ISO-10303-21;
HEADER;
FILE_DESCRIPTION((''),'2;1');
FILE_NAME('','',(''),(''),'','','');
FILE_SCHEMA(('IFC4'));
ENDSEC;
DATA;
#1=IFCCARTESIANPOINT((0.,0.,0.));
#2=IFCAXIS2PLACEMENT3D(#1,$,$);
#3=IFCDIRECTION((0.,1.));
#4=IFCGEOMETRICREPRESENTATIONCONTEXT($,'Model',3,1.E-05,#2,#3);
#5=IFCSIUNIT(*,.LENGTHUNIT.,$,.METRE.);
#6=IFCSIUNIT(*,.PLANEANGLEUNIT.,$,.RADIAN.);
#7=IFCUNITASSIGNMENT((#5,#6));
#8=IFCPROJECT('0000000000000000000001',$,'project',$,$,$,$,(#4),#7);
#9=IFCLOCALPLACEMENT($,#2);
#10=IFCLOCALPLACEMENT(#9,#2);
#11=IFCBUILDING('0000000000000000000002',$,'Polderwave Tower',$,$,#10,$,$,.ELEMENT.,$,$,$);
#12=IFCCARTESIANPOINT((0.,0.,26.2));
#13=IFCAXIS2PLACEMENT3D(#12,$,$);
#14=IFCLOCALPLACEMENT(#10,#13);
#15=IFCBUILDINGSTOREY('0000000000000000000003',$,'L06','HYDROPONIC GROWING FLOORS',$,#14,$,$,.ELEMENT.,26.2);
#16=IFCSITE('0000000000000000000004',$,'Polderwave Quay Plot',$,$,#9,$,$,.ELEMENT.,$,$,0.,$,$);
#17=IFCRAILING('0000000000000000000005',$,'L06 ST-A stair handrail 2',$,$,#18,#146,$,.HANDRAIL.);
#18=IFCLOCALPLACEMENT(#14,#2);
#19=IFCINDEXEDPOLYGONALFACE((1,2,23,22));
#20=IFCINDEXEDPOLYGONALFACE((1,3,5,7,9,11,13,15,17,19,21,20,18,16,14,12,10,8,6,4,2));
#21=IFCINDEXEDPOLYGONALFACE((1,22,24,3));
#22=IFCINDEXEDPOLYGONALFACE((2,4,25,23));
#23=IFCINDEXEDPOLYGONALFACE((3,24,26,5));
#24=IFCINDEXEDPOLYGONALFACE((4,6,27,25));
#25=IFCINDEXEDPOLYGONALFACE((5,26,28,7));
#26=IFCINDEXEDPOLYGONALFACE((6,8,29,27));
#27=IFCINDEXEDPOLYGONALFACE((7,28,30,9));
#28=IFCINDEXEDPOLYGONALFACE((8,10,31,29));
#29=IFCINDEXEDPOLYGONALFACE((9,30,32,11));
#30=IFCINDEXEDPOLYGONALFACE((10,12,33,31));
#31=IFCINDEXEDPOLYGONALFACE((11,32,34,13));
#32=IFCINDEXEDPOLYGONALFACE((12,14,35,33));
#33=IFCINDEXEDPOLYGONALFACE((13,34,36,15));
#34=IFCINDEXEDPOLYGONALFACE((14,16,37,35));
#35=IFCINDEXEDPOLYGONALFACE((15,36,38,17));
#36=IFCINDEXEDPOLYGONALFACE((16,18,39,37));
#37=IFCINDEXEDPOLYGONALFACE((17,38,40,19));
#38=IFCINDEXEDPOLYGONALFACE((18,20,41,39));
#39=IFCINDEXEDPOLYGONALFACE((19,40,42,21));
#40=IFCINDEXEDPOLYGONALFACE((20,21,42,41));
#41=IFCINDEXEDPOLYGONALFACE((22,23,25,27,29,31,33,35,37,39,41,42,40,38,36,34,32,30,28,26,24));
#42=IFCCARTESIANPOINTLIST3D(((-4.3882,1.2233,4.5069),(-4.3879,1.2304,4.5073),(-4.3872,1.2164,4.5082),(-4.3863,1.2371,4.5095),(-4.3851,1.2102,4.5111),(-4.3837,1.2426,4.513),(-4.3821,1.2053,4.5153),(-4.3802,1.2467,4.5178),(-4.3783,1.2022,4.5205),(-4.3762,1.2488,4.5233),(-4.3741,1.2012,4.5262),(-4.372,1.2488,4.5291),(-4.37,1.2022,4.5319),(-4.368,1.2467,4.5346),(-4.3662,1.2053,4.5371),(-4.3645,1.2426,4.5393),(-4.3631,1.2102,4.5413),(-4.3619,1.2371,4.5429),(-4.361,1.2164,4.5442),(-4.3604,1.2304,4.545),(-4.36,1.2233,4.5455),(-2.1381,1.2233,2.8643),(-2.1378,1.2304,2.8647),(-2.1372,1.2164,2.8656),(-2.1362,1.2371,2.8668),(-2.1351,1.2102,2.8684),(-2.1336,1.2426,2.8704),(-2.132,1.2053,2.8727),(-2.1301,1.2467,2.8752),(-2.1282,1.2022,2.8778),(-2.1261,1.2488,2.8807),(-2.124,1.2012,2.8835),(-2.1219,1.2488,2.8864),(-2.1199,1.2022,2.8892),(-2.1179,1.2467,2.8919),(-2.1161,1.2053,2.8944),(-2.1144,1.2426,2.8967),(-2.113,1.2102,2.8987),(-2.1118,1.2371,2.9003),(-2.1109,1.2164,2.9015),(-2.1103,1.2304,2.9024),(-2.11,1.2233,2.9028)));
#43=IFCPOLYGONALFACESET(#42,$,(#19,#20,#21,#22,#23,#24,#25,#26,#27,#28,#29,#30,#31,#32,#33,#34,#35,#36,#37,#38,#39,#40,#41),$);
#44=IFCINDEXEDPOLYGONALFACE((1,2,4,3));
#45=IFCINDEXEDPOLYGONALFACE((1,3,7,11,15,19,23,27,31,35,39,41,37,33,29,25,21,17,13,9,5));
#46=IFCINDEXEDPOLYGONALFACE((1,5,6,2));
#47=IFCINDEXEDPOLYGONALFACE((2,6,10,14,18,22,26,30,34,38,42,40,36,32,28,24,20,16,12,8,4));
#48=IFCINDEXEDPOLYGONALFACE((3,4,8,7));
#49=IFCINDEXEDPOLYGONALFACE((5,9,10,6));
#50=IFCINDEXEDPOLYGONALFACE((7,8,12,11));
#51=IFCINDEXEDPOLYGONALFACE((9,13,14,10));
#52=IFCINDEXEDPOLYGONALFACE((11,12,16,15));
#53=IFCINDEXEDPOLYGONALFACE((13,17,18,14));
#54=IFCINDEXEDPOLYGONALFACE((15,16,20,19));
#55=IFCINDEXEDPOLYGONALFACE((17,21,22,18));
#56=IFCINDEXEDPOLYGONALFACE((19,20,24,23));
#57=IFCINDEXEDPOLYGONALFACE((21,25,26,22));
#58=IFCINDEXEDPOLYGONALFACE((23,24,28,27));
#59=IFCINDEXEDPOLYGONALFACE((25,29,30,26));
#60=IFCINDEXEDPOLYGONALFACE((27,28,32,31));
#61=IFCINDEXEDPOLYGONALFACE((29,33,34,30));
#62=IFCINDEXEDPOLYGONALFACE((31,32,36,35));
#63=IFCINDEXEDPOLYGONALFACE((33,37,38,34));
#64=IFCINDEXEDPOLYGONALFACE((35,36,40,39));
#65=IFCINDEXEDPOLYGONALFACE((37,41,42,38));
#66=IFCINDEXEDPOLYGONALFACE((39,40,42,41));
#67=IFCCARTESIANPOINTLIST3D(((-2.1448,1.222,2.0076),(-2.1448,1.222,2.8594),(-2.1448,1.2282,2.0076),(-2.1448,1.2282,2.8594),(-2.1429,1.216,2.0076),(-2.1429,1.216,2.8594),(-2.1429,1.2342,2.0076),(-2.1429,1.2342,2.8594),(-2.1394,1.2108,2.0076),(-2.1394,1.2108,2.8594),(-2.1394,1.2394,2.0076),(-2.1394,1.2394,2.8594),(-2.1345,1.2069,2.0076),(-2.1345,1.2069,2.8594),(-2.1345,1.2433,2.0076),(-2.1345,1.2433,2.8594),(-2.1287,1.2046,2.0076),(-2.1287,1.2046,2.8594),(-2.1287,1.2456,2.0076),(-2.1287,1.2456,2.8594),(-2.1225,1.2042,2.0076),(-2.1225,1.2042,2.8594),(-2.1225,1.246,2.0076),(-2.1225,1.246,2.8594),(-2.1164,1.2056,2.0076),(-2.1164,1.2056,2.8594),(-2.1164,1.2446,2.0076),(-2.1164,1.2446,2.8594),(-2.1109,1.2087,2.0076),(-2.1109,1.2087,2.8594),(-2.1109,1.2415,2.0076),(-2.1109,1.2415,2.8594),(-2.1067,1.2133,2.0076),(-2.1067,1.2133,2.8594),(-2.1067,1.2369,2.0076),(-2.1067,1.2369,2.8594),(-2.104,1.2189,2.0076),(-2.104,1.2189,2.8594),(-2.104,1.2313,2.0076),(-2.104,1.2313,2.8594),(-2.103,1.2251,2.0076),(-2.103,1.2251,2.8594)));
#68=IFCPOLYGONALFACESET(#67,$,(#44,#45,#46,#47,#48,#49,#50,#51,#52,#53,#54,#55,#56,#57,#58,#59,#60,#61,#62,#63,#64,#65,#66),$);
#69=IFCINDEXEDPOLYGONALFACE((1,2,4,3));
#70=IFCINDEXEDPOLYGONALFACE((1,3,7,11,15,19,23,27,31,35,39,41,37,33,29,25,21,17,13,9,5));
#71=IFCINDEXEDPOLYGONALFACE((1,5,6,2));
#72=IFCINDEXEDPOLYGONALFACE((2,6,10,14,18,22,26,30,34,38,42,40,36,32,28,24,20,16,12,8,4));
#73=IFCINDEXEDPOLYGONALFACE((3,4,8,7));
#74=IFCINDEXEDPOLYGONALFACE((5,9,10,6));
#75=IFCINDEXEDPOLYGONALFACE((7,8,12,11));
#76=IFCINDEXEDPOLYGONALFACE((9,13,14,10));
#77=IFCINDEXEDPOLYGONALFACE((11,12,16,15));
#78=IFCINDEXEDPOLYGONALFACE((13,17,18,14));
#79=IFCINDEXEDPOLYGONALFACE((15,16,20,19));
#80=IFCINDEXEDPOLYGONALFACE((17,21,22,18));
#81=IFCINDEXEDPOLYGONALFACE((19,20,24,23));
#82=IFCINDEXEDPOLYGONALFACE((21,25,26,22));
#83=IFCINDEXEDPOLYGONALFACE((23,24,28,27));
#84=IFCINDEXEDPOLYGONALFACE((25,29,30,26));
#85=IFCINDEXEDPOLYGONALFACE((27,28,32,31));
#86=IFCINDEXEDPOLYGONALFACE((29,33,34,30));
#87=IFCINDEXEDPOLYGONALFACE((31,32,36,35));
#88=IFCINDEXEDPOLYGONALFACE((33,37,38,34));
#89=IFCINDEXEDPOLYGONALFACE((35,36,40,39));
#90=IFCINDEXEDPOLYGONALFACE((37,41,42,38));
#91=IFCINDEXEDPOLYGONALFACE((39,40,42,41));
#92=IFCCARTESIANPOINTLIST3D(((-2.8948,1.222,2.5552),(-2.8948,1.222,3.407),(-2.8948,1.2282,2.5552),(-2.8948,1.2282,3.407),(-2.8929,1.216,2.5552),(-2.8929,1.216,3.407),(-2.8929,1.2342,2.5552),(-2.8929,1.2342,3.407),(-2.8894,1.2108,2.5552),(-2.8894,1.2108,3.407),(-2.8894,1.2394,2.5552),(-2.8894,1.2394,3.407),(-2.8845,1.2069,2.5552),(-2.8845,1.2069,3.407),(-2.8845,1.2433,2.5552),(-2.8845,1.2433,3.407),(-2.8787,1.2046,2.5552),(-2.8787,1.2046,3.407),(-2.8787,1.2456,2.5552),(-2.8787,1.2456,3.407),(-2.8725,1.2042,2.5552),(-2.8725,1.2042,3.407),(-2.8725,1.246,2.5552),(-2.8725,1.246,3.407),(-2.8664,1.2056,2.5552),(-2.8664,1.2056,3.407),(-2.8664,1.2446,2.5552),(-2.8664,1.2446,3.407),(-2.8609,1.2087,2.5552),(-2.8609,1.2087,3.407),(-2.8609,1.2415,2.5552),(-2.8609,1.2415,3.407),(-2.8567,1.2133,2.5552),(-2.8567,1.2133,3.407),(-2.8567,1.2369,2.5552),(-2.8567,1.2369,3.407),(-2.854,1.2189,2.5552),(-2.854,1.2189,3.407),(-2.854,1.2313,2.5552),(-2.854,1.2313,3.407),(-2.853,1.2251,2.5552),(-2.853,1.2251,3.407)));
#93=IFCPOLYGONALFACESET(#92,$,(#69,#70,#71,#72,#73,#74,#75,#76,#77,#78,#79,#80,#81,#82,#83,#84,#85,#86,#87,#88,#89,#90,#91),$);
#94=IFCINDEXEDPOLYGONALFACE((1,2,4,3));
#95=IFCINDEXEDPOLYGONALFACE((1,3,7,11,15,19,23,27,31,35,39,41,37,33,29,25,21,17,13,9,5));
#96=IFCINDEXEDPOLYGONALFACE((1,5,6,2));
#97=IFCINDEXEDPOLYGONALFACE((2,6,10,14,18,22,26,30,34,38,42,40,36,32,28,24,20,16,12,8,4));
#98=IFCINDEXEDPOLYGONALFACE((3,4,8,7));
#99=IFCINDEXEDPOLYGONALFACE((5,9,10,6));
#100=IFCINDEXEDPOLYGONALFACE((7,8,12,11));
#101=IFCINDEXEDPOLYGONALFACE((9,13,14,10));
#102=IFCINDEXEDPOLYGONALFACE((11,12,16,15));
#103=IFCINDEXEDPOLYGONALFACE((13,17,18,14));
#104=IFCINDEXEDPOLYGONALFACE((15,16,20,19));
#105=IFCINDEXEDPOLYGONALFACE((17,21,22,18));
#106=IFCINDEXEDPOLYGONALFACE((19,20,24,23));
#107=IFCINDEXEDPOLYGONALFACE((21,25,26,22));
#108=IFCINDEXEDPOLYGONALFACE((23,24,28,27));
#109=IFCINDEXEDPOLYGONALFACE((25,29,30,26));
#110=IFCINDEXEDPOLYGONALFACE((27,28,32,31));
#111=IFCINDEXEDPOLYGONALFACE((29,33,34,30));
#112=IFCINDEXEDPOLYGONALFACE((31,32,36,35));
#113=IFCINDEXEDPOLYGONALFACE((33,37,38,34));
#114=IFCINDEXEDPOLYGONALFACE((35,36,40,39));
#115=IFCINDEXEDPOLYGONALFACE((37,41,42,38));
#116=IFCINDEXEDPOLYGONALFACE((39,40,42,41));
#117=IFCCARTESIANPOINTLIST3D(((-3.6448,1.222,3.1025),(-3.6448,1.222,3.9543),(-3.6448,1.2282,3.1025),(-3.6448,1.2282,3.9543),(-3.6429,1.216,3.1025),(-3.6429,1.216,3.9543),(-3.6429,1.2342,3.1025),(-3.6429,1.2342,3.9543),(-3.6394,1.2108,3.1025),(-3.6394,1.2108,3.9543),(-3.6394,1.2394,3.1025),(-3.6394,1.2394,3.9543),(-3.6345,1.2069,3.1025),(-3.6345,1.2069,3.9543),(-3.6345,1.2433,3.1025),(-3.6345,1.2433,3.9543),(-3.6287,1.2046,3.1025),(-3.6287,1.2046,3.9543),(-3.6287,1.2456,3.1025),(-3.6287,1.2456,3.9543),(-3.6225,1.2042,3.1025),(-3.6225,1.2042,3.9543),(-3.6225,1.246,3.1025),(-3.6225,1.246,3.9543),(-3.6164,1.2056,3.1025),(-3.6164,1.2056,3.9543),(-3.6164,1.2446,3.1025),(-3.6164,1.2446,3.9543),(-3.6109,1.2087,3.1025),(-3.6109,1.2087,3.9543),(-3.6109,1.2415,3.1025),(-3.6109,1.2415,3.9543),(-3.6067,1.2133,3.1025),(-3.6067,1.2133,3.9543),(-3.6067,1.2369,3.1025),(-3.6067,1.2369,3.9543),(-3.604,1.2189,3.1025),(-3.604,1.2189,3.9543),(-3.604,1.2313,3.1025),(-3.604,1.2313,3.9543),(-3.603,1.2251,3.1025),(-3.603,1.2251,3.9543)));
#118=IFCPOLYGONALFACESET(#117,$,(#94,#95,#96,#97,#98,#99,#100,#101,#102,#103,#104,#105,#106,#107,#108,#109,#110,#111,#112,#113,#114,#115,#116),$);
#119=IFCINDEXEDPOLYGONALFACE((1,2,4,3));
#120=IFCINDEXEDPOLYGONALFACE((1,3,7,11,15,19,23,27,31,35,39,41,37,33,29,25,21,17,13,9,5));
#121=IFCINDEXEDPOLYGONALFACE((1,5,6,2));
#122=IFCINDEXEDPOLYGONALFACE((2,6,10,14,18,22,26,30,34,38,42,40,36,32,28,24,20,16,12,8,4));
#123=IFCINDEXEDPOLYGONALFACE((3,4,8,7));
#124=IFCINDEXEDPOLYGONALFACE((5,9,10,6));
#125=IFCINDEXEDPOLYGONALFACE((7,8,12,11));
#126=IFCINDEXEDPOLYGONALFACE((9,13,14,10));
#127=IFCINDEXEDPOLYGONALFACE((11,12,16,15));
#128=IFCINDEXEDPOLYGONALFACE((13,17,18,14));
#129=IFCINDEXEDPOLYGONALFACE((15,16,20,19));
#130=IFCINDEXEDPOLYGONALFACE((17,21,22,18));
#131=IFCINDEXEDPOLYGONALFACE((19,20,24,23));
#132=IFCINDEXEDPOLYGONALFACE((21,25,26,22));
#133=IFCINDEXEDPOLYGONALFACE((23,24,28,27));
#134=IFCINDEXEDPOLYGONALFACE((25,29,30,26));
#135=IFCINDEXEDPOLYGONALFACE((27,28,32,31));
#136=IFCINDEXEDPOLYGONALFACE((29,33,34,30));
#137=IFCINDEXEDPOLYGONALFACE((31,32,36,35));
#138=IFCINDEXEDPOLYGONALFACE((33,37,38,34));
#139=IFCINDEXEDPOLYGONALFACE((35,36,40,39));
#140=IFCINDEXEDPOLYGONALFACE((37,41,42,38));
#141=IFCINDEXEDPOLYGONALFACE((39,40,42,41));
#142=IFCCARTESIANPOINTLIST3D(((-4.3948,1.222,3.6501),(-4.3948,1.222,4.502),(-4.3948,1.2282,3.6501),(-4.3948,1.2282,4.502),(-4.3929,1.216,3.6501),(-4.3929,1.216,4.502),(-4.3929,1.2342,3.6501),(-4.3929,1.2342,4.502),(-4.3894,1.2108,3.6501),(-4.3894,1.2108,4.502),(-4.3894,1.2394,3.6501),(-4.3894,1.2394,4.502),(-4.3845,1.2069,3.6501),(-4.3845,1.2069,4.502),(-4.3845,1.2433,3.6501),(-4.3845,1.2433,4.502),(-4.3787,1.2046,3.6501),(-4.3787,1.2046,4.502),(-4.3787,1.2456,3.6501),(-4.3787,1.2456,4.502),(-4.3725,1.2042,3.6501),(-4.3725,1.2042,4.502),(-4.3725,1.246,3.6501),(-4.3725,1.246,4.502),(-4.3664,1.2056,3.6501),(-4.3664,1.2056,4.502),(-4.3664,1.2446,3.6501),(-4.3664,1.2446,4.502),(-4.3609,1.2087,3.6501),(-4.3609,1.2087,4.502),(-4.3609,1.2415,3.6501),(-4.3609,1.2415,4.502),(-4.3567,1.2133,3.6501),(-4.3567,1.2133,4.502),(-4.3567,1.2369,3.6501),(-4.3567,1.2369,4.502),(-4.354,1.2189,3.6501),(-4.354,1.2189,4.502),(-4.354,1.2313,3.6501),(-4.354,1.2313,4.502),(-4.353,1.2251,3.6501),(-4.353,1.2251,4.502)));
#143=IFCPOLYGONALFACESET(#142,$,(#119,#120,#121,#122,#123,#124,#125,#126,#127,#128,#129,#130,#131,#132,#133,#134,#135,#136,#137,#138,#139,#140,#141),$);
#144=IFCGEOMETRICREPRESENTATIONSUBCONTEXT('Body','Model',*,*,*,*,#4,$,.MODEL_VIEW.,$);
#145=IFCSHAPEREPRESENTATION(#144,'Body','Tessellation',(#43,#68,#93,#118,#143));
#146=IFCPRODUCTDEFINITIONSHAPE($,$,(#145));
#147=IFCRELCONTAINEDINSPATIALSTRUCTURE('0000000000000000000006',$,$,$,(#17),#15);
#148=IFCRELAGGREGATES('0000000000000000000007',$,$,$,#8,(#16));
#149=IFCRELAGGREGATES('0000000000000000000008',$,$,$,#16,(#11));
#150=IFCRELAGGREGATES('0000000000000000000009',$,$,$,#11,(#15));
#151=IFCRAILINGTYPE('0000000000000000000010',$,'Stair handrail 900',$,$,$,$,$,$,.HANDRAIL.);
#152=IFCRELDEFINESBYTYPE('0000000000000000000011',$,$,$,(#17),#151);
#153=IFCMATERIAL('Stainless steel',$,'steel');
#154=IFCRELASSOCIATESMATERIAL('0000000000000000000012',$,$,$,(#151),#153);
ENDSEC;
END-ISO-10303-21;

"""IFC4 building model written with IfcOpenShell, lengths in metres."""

from ifc_helpers import new_model, si_unit, direction, frame, origin, origin_2d, place, context, subcontext, project, spatial, circle, extrude, material, type_object, element, save


model = new_model("IFC4")

# Units and contexts
model_context = context("Model", 3, precision=1e-05, world=origin(), true_north=direction((0.0, 1.0)))
body_context = subcontext(model_context, "Body", "Model", "MODEL_VIEW")
ifc_project = project(units=[si_unit("LENGTHUNIT", "METRE"), si_unit("PLANEANGLEUNIT", "RADIAN")], contexts=[model_context])

# Site, building, storey
site_placement = place(None, origin())
site = spatial("IfcSite", under=ifc_project, at=site_placement, Name="Polderwave Quay Plot", CompositionType="ELEMENT", RefElevation=0.0)
building_placement = place(site_placement, origin())
building = spatial("IfcBuilding", under=site, at=building_placement, Name="Polderwave Tower", CompositionType="ELEMENT")
storey_placement = place(building_placement, frame((0.0, 0.0, 26.2)))
storey = spatial("IfcBuildingStorey", under=building, at=storey_placement, Name="L06", Description="HYDROPONIC GROWING FLOORS", CompositionType="ELEMENT", Elevation=26.2)

# Railing
ifc_material_1 = material(Name="Stainless steel", Category="steel")
railing_type_1 = type_object("IfcRailingType", Name="Stair handrail 900", PredefinedType="HANDRAIL", material=ifc_material_1)
railing_1_placement = place(storey_placement, frame((-2.124, 1.2251, 2.0076)))
element("IfcRailing", 1, at=railing_1_placement, inside=storey, type_object=railing_type_1, Name="L06 ST-A stair handrail 2", PredefinedType="HANDRAIL", context=body_context, shape_type="SweptSolid", body=[
    extrude(circle(Radius=0.0239, at=origin_2d()), frame((0.0, 0.0, 0.876), z_axis=(-0.807674, 0.0, 0.58963), x_axis=(0.0, -1.0, 0.0)), (0.0, 0.0, 1.0), 2.7859),
    extrude(circle(Radius=0.021, at=origin_2d()), origin(), (0.0, 0.0, 1.0), 0.8518),
    extrude(circle(Radius=0.021, at=origin_2d()), frame((-0.75, 0.0, 0.5476)), (0.0, 0.0, 1.0), 0.8518),
    extrude(circle(Radius=0.021, at=origin_2d()), frame((-1.5, 0.0, 1.095)), (0.0, 0.0, 1.0), 0.8518),
    extrude(circle(Radius=0.021, at=origin_2d()), frame((-2.25, 0.0, 1.6426)), (0.0, 0.0, 1.0), 0.8518),
])

save(model, "model.ifc")
